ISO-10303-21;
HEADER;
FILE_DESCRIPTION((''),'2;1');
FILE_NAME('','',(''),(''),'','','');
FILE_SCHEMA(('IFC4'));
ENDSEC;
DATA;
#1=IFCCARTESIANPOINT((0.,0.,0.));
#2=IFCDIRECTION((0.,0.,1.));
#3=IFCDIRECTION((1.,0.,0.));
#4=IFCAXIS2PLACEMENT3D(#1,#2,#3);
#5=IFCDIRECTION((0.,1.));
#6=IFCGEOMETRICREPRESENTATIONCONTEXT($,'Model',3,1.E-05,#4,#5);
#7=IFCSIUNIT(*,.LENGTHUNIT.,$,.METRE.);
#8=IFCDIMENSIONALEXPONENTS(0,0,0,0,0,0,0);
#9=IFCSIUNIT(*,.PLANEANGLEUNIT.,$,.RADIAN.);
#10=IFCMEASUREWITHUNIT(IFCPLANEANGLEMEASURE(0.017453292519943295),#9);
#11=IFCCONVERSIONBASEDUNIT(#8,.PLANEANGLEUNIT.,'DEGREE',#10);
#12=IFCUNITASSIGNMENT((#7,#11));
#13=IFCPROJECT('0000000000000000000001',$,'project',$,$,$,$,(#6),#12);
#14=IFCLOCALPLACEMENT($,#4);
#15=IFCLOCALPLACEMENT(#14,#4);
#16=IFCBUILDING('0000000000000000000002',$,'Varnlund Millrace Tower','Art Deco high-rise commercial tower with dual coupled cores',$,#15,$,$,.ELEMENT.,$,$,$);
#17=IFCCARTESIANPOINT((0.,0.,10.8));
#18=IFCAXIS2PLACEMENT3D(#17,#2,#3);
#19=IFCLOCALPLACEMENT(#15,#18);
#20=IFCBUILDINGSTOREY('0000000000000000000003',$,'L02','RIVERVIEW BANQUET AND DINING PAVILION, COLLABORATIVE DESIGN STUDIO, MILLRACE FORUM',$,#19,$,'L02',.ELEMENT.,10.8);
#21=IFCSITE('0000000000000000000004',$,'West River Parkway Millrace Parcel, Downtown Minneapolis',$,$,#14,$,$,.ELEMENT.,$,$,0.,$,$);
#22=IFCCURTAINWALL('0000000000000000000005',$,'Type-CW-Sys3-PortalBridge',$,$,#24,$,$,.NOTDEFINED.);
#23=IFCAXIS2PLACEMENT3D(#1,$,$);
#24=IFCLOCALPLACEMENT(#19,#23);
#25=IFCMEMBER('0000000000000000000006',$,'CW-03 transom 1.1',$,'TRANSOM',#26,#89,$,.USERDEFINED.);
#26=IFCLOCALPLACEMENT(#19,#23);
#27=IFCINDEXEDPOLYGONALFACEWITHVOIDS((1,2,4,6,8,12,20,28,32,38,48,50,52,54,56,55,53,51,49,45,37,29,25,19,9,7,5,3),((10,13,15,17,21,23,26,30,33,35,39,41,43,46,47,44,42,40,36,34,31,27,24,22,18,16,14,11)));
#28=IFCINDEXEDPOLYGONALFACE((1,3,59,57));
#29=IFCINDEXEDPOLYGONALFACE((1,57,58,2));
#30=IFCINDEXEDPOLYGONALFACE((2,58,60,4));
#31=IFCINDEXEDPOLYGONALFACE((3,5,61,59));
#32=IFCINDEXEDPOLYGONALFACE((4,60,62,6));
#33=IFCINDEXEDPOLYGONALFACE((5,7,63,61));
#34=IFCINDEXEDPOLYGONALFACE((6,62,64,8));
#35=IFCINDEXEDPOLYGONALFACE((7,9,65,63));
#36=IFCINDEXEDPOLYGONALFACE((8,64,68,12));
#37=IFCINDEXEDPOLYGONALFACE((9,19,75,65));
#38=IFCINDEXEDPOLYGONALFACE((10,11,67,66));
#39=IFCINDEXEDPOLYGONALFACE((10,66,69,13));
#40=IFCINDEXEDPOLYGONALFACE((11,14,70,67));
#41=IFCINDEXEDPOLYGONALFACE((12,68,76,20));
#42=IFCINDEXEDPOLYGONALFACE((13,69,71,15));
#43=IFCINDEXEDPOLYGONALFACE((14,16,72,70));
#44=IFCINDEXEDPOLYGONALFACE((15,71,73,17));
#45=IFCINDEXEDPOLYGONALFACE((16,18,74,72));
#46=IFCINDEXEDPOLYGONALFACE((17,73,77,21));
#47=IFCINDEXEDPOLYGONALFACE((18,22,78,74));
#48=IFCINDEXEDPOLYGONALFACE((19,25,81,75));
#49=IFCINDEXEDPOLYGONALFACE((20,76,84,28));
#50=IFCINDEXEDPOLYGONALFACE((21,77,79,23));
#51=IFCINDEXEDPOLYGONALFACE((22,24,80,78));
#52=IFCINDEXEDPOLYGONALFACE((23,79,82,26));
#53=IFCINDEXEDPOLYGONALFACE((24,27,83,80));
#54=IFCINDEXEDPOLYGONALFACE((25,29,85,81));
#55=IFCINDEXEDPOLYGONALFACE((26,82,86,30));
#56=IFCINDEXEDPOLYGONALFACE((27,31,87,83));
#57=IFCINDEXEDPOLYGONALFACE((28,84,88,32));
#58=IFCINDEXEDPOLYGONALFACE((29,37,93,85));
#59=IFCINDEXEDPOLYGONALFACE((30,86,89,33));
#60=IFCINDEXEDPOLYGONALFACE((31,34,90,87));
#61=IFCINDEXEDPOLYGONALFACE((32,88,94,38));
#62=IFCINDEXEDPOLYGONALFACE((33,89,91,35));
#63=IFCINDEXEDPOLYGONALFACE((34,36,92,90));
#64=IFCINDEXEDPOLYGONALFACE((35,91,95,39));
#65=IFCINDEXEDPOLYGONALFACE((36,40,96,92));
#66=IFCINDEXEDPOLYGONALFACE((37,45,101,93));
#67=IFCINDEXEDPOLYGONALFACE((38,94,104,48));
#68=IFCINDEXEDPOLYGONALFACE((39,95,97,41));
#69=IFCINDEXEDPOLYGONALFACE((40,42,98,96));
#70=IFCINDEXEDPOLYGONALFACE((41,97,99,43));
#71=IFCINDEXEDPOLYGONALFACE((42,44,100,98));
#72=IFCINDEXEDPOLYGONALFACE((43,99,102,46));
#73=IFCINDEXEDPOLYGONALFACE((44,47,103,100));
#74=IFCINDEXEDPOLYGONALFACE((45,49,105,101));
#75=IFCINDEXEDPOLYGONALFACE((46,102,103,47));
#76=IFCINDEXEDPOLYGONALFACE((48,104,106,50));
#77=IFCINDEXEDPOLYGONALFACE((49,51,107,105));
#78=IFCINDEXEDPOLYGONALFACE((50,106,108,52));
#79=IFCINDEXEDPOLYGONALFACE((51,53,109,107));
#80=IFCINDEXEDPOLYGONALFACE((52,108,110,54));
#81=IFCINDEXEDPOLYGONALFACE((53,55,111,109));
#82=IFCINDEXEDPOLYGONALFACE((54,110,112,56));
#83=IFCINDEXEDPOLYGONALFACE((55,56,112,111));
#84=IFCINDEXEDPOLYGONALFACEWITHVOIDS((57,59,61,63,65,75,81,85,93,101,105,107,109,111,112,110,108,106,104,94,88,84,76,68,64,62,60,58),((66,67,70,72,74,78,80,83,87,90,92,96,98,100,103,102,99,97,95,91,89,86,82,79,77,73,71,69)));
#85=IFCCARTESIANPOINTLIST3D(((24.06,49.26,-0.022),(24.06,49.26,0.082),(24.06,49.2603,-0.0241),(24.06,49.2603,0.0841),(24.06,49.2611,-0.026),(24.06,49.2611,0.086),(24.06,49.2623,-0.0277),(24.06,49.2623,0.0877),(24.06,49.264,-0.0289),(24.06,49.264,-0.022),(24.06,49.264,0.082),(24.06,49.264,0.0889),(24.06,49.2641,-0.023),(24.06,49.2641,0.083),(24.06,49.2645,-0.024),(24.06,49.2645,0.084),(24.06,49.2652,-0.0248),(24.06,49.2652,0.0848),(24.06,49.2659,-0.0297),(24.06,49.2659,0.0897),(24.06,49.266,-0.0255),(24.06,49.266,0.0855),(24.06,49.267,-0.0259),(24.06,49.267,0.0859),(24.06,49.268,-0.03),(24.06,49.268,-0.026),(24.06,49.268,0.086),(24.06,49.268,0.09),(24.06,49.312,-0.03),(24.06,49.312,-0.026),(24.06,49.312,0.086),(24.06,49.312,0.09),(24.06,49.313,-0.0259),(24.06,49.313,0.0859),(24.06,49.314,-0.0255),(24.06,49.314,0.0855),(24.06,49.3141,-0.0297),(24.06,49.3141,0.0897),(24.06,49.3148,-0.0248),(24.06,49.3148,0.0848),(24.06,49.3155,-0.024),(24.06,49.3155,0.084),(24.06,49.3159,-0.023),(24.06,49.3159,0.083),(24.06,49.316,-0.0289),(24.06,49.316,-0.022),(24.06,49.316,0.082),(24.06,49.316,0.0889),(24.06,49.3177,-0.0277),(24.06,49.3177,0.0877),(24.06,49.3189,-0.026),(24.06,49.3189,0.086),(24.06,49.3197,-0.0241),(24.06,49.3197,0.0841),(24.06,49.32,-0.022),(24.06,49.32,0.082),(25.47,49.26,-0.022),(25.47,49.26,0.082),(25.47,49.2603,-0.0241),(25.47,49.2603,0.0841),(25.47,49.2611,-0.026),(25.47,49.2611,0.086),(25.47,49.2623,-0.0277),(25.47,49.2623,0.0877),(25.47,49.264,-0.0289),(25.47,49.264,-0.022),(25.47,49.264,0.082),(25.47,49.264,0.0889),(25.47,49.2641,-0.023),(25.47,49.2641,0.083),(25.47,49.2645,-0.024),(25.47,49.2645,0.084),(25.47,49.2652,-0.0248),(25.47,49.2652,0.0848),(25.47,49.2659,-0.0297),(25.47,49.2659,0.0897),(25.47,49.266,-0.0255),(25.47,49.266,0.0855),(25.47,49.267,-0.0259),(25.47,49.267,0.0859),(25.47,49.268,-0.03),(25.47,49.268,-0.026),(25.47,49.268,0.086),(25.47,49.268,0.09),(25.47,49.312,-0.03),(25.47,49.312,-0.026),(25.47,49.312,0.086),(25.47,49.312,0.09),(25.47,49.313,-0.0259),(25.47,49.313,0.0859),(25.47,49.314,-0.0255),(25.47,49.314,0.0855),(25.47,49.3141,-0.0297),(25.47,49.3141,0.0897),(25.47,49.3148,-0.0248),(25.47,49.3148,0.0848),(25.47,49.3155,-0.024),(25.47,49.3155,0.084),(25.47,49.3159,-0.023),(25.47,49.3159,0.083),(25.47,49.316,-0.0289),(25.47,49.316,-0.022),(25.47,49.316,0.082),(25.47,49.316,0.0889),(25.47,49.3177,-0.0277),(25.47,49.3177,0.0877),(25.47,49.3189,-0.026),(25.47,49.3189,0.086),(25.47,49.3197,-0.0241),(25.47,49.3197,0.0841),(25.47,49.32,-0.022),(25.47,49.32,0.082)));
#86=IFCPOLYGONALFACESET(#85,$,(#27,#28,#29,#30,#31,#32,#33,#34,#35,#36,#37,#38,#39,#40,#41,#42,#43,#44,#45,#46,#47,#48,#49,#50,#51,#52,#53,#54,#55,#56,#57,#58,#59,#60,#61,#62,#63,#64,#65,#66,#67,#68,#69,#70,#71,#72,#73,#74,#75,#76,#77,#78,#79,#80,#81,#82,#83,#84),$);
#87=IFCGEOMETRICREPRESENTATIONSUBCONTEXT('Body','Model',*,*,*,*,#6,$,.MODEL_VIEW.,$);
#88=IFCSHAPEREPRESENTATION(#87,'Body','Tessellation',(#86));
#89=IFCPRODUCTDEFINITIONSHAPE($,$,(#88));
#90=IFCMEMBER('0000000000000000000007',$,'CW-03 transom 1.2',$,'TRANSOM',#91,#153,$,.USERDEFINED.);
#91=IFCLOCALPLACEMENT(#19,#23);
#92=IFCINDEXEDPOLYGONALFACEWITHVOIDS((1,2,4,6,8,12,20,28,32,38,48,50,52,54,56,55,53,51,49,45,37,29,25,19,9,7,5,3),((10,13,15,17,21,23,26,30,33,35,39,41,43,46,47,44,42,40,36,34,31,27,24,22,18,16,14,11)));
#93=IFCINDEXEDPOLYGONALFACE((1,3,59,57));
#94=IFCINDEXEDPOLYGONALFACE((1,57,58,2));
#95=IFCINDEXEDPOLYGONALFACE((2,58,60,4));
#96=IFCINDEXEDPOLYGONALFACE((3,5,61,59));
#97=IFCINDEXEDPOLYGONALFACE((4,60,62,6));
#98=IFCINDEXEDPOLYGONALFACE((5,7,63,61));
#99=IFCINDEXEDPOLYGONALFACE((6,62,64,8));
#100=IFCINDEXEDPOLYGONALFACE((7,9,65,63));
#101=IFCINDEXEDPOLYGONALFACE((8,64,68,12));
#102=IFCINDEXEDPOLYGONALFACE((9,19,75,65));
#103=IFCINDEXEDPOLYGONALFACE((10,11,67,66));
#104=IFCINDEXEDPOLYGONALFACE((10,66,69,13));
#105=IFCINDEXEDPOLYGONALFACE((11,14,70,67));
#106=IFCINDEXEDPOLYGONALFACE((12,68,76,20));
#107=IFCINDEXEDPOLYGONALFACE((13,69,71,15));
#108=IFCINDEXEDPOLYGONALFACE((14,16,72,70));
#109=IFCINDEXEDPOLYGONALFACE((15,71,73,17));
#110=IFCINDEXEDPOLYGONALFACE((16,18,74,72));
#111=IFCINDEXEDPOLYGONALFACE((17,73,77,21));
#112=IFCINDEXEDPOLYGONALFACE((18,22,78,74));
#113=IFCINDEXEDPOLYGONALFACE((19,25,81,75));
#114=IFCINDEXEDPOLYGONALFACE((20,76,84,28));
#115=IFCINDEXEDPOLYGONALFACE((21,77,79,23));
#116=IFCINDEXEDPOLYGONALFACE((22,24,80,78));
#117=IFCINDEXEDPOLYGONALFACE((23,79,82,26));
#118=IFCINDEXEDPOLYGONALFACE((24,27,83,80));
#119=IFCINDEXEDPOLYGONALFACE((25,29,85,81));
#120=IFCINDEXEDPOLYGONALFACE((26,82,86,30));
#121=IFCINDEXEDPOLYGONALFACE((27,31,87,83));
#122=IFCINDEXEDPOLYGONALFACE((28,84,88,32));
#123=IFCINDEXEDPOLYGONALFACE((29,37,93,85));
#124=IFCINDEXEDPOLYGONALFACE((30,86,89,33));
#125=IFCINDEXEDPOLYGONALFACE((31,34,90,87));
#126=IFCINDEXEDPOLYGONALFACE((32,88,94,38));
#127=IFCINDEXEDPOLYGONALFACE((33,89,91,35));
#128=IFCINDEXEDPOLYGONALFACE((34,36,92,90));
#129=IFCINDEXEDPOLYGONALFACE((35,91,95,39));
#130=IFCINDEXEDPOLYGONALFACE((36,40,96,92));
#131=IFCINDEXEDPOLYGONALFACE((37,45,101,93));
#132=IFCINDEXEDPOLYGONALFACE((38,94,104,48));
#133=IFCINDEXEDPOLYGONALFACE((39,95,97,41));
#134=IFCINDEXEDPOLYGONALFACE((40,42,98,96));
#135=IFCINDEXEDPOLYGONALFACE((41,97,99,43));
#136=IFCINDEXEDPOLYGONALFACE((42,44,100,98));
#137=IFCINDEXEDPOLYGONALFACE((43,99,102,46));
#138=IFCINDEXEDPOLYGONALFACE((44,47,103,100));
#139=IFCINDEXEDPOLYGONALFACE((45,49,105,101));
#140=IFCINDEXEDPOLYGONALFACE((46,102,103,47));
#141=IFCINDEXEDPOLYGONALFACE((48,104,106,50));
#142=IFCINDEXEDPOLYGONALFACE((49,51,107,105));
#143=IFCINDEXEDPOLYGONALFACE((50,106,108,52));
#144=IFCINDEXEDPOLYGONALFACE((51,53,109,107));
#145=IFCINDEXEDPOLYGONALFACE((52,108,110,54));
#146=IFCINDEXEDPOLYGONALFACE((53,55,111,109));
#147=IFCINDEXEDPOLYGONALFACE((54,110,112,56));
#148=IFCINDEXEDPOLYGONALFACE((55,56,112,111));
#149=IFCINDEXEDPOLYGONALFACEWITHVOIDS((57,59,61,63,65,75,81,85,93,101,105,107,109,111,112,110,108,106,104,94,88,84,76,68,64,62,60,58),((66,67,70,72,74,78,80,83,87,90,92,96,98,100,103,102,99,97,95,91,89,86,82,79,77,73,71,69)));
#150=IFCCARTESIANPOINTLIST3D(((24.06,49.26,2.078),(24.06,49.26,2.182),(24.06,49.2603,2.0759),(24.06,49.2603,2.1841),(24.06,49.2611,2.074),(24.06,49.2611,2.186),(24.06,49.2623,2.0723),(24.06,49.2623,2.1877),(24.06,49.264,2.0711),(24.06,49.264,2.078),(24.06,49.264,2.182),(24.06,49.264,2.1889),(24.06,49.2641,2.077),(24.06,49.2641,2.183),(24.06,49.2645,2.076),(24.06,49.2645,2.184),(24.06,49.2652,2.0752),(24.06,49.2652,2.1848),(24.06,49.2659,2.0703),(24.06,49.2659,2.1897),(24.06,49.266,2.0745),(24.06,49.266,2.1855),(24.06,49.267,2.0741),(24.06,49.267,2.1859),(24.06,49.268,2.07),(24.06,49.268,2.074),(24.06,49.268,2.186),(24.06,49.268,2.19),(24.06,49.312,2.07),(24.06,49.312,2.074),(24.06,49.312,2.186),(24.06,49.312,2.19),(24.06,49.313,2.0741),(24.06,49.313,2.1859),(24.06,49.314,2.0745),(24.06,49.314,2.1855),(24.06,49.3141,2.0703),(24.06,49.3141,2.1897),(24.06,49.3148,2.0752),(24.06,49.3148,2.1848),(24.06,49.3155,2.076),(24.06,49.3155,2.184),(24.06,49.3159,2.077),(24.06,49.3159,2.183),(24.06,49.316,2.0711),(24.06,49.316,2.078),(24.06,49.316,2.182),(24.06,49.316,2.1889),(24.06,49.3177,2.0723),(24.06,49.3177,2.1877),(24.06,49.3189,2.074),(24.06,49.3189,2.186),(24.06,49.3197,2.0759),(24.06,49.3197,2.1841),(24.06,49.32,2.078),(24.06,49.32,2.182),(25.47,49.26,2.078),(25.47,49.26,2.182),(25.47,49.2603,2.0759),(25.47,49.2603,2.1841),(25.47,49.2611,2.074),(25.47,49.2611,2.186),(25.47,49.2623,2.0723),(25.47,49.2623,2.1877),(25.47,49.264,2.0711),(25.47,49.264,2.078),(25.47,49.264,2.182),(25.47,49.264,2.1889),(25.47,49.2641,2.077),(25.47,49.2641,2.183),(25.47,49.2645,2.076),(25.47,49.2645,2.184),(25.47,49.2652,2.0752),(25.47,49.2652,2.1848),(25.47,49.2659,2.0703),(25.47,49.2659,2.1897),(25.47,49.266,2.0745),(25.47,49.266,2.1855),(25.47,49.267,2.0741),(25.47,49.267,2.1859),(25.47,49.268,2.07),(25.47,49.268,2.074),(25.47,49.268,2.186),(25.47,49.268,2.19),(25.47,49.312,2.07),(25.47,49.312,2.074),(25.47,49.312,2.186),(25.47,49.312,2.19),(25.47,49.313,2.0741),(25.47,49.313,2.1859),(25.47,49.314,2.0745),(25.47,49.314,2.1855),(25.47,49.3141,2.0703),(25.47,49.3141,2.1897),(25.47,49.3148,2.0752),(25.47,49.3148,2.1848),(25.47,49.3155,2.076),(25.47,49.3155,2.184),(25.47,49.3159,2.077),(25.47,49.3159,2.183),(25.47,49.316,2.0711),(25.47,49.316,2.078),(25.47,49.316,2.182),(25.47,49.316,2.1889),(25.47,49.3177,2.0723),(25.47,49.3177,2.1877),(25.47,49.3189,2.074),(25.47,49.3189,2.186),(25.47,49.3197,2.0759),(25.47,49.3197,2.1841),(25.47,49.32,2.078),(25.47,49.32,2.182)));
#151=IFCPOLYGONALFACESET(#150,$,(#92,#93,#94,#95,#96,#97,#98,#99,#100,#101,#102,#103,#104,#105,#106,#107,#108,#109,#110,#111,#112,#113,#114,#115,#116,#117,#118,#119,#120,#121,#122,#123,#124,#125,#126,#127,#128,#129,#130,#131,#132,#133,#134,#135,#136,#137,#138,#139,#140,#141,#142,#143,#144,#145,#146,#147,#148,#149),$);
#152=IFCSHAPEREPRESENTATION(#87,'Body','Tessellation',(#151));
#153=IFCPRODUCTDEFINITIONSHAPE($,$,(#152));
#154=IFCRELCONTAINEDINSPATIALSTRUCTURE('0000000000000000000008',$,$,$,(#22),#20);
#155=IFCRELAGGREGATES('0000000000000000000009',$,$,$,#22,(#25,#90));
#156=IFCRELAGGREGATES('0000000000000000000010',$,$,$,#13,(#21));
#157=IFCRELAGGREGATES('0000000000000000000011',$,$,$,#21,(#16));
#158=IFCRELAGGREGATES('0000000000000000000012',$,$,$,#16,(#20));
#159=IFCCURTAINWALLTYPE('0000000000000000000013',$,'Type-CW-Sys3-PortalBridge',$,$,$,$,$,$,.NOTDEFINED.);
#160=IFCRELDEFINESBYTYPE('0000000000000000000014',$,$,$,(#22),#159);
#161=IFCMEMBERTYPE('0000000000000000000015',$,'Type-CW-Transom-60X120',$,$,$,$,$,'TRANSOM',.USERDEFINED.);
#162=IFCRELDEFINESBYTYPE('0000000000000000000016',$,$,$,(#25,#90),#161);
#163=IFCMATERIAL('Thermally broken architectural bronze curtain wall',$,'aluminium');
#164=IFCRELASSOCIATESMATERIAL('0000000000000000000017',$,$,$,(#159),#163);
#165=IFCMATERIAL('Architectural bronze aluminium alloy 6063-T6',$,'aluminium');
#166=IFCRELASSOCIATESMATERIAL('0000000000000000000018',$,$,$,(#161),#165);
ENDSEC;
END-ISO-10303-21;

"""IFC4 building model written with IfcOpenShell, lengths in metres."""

from ifc_helpers import new_model, entity, si_unit, converted_unit, direction, frame, origin_with_axes, origin_2d_with_axis, place, context, subcontext, project, spatial, hollow_rectangle, extrude, material, material_profile, profile_set, type_object, element, aggregate, save


model = new_model("IFC4")

# Units and contexts
model_context = context("Model", 3, precision=1e-05, world=origin_with_axes(), true_north=direction((0.0, 1.0)))
body_context = subcontext(model_context, "Body", "Model", "MODEL_VIEW")
ifc_project = project(units=[si_unit("LENGTHUNIT", "METRE"), converted_unit("PLANEANGLEUNIT", "DEGREE", entity("IfcPlaneAngleMeasure", 0.017453292519943295), si_unit("PLANEANGLEUNIT", "RADIAN"), dimensions=[0, 0, 0, 0, 0, 0, 0])], contexts=[model_context])

# Site, building, storey
site_placement = place(None, origin_with_axes())
site = spatial("IfcSite", under=ifc_project, at=site_placement, Name="West River Parkway Millrace Parcel, Downtown Minneapolis", CompositionType="ELEMENT", RefElevation=0.0)
building_placement = place(site_placement, origin_with_axes())
building = spatial("IfcBuilding", under=site, at=building_placement, Name="Varnlund Millrace Tower", Description="Art Deco high-rise commercial tower with dual coupled cores", CompositionType="ELEMENT")
storey_placement = place(building_placement, frame((0.0, 0.0, 10.8), z_axis=(0.0, 0.0, 1.0), x_axis=(1.0, 0.0, 0.0)))
storey = spatial("IfcBuildingStorey", under=building, at=storey_placement, Name="L02", Description="RIVERVIEW BANQUET AND DINING PAVILION, COLLABORATIVE DESIGN STUDIO, MILLRACE FORUM", LongName="L02", CompositionType="ELEMENT", Elevation=10.8)

# Curtain wall, members
ifc_material_1 = material(Name="Thermally broken architectural bronze curtain wall", Category="aluminium")
curtain_wall_type = type_object("IfcCurtainWallType", Name="Type-CW-Sys3-PortalBridge", PredefinedType="NOTDEFINED", material=ifc_material_1)
curtain_wall_placement = place(storey_placement, frame((24.0, 49.29, 0.0), z_axis=(0.0, 0.0, 1.0), x_axis=(1.0, 0.0, 0.0)))
curtain_wall = element("IfcCurtainWall", 1, at=curtain_wall_placement, inside=storey, type_object=curtain_wall_type, Name="Type-CW-Sys3-PortalBridge", PredefinedType="NOTDEFINED")
ifc_material_2 = material(Name="Architectural bronze aluminium alloy 6063-T6", Category="aluminium")
ifc_material_profile_1 = material_profile(ifc_material_2, hollow_rectangle(XDim=0.06, YDim=0.12, WallThickness=0.004, InnerFilletRadius=0.004, OuterFilletRadius=0.008, at=origin_2d_with_axis()), Name="Architectural bronze aluminium alloy 6063-T6")
ifc_profile_set_1 = profile_set([ifc_material_profile_1], Name="Architectural bronze aluminium alloy 6063-T6")
member_type_1 = type_object("IfcMemberType", Name="Type-CW-Transom-60X120", ElementType="TRANSOM", PredefinedType="USERDEFINED", material=ifc_profile_set_1)
member_1_placement = place(storey_placement, frame((24.06, 49.29, 0.03), z_axis=(1.0, 0.0, 0.0), x_axis=(0.0, 1.0, 0.0)))
member_1 = element("IfcMember", 2, at=member_1_placement, type_object=member_type_1, Name="CW-03 transom 1.1", ObjectType="TRANSOM", PredefinedType="USERDEFINED", context=body_context, shape_type="SweptSolid", body=[
    extrude(hollow_rectangle(XDim=0.06, YDim=0.12, WallThickness=0.004, InnerFilletRadius=0.004, OuterFilletRadius=0.008, at=origin_2d_with_axis()), origin_with_axes(), (0.0, 0.0, 1.0), 1.41),
])
member_2_placement = place(storey_placement, frame((24.06, 49.29, 2.13), z_axis=(1.0, 0.0, 0.0), x_axis=(0.0, 1.0, 0.0)))
member_2 = element("IfcMember", 3, at=member_2_placement, type_object=member_type_1, Name="CW-03 transom 1.2", ObjectType="TRANSOM", PredefinedType="USERDEFINED", context=body_context, shape_type="SweptSolid", body=[
    extrude(hollow_rectangle(XDim=0.06, YDim=0.12, WallThickness=0.004, InnerFilletRadius=0.004, OuterFilletRadius=0.008, at=origin_2d_with_axis()), origin_with_axes(), (0.0, 0.0, 1.0), 1.41),
])

aggregate(curtain_wall, [member_1, member_2])

save(model, "model.ifc")
